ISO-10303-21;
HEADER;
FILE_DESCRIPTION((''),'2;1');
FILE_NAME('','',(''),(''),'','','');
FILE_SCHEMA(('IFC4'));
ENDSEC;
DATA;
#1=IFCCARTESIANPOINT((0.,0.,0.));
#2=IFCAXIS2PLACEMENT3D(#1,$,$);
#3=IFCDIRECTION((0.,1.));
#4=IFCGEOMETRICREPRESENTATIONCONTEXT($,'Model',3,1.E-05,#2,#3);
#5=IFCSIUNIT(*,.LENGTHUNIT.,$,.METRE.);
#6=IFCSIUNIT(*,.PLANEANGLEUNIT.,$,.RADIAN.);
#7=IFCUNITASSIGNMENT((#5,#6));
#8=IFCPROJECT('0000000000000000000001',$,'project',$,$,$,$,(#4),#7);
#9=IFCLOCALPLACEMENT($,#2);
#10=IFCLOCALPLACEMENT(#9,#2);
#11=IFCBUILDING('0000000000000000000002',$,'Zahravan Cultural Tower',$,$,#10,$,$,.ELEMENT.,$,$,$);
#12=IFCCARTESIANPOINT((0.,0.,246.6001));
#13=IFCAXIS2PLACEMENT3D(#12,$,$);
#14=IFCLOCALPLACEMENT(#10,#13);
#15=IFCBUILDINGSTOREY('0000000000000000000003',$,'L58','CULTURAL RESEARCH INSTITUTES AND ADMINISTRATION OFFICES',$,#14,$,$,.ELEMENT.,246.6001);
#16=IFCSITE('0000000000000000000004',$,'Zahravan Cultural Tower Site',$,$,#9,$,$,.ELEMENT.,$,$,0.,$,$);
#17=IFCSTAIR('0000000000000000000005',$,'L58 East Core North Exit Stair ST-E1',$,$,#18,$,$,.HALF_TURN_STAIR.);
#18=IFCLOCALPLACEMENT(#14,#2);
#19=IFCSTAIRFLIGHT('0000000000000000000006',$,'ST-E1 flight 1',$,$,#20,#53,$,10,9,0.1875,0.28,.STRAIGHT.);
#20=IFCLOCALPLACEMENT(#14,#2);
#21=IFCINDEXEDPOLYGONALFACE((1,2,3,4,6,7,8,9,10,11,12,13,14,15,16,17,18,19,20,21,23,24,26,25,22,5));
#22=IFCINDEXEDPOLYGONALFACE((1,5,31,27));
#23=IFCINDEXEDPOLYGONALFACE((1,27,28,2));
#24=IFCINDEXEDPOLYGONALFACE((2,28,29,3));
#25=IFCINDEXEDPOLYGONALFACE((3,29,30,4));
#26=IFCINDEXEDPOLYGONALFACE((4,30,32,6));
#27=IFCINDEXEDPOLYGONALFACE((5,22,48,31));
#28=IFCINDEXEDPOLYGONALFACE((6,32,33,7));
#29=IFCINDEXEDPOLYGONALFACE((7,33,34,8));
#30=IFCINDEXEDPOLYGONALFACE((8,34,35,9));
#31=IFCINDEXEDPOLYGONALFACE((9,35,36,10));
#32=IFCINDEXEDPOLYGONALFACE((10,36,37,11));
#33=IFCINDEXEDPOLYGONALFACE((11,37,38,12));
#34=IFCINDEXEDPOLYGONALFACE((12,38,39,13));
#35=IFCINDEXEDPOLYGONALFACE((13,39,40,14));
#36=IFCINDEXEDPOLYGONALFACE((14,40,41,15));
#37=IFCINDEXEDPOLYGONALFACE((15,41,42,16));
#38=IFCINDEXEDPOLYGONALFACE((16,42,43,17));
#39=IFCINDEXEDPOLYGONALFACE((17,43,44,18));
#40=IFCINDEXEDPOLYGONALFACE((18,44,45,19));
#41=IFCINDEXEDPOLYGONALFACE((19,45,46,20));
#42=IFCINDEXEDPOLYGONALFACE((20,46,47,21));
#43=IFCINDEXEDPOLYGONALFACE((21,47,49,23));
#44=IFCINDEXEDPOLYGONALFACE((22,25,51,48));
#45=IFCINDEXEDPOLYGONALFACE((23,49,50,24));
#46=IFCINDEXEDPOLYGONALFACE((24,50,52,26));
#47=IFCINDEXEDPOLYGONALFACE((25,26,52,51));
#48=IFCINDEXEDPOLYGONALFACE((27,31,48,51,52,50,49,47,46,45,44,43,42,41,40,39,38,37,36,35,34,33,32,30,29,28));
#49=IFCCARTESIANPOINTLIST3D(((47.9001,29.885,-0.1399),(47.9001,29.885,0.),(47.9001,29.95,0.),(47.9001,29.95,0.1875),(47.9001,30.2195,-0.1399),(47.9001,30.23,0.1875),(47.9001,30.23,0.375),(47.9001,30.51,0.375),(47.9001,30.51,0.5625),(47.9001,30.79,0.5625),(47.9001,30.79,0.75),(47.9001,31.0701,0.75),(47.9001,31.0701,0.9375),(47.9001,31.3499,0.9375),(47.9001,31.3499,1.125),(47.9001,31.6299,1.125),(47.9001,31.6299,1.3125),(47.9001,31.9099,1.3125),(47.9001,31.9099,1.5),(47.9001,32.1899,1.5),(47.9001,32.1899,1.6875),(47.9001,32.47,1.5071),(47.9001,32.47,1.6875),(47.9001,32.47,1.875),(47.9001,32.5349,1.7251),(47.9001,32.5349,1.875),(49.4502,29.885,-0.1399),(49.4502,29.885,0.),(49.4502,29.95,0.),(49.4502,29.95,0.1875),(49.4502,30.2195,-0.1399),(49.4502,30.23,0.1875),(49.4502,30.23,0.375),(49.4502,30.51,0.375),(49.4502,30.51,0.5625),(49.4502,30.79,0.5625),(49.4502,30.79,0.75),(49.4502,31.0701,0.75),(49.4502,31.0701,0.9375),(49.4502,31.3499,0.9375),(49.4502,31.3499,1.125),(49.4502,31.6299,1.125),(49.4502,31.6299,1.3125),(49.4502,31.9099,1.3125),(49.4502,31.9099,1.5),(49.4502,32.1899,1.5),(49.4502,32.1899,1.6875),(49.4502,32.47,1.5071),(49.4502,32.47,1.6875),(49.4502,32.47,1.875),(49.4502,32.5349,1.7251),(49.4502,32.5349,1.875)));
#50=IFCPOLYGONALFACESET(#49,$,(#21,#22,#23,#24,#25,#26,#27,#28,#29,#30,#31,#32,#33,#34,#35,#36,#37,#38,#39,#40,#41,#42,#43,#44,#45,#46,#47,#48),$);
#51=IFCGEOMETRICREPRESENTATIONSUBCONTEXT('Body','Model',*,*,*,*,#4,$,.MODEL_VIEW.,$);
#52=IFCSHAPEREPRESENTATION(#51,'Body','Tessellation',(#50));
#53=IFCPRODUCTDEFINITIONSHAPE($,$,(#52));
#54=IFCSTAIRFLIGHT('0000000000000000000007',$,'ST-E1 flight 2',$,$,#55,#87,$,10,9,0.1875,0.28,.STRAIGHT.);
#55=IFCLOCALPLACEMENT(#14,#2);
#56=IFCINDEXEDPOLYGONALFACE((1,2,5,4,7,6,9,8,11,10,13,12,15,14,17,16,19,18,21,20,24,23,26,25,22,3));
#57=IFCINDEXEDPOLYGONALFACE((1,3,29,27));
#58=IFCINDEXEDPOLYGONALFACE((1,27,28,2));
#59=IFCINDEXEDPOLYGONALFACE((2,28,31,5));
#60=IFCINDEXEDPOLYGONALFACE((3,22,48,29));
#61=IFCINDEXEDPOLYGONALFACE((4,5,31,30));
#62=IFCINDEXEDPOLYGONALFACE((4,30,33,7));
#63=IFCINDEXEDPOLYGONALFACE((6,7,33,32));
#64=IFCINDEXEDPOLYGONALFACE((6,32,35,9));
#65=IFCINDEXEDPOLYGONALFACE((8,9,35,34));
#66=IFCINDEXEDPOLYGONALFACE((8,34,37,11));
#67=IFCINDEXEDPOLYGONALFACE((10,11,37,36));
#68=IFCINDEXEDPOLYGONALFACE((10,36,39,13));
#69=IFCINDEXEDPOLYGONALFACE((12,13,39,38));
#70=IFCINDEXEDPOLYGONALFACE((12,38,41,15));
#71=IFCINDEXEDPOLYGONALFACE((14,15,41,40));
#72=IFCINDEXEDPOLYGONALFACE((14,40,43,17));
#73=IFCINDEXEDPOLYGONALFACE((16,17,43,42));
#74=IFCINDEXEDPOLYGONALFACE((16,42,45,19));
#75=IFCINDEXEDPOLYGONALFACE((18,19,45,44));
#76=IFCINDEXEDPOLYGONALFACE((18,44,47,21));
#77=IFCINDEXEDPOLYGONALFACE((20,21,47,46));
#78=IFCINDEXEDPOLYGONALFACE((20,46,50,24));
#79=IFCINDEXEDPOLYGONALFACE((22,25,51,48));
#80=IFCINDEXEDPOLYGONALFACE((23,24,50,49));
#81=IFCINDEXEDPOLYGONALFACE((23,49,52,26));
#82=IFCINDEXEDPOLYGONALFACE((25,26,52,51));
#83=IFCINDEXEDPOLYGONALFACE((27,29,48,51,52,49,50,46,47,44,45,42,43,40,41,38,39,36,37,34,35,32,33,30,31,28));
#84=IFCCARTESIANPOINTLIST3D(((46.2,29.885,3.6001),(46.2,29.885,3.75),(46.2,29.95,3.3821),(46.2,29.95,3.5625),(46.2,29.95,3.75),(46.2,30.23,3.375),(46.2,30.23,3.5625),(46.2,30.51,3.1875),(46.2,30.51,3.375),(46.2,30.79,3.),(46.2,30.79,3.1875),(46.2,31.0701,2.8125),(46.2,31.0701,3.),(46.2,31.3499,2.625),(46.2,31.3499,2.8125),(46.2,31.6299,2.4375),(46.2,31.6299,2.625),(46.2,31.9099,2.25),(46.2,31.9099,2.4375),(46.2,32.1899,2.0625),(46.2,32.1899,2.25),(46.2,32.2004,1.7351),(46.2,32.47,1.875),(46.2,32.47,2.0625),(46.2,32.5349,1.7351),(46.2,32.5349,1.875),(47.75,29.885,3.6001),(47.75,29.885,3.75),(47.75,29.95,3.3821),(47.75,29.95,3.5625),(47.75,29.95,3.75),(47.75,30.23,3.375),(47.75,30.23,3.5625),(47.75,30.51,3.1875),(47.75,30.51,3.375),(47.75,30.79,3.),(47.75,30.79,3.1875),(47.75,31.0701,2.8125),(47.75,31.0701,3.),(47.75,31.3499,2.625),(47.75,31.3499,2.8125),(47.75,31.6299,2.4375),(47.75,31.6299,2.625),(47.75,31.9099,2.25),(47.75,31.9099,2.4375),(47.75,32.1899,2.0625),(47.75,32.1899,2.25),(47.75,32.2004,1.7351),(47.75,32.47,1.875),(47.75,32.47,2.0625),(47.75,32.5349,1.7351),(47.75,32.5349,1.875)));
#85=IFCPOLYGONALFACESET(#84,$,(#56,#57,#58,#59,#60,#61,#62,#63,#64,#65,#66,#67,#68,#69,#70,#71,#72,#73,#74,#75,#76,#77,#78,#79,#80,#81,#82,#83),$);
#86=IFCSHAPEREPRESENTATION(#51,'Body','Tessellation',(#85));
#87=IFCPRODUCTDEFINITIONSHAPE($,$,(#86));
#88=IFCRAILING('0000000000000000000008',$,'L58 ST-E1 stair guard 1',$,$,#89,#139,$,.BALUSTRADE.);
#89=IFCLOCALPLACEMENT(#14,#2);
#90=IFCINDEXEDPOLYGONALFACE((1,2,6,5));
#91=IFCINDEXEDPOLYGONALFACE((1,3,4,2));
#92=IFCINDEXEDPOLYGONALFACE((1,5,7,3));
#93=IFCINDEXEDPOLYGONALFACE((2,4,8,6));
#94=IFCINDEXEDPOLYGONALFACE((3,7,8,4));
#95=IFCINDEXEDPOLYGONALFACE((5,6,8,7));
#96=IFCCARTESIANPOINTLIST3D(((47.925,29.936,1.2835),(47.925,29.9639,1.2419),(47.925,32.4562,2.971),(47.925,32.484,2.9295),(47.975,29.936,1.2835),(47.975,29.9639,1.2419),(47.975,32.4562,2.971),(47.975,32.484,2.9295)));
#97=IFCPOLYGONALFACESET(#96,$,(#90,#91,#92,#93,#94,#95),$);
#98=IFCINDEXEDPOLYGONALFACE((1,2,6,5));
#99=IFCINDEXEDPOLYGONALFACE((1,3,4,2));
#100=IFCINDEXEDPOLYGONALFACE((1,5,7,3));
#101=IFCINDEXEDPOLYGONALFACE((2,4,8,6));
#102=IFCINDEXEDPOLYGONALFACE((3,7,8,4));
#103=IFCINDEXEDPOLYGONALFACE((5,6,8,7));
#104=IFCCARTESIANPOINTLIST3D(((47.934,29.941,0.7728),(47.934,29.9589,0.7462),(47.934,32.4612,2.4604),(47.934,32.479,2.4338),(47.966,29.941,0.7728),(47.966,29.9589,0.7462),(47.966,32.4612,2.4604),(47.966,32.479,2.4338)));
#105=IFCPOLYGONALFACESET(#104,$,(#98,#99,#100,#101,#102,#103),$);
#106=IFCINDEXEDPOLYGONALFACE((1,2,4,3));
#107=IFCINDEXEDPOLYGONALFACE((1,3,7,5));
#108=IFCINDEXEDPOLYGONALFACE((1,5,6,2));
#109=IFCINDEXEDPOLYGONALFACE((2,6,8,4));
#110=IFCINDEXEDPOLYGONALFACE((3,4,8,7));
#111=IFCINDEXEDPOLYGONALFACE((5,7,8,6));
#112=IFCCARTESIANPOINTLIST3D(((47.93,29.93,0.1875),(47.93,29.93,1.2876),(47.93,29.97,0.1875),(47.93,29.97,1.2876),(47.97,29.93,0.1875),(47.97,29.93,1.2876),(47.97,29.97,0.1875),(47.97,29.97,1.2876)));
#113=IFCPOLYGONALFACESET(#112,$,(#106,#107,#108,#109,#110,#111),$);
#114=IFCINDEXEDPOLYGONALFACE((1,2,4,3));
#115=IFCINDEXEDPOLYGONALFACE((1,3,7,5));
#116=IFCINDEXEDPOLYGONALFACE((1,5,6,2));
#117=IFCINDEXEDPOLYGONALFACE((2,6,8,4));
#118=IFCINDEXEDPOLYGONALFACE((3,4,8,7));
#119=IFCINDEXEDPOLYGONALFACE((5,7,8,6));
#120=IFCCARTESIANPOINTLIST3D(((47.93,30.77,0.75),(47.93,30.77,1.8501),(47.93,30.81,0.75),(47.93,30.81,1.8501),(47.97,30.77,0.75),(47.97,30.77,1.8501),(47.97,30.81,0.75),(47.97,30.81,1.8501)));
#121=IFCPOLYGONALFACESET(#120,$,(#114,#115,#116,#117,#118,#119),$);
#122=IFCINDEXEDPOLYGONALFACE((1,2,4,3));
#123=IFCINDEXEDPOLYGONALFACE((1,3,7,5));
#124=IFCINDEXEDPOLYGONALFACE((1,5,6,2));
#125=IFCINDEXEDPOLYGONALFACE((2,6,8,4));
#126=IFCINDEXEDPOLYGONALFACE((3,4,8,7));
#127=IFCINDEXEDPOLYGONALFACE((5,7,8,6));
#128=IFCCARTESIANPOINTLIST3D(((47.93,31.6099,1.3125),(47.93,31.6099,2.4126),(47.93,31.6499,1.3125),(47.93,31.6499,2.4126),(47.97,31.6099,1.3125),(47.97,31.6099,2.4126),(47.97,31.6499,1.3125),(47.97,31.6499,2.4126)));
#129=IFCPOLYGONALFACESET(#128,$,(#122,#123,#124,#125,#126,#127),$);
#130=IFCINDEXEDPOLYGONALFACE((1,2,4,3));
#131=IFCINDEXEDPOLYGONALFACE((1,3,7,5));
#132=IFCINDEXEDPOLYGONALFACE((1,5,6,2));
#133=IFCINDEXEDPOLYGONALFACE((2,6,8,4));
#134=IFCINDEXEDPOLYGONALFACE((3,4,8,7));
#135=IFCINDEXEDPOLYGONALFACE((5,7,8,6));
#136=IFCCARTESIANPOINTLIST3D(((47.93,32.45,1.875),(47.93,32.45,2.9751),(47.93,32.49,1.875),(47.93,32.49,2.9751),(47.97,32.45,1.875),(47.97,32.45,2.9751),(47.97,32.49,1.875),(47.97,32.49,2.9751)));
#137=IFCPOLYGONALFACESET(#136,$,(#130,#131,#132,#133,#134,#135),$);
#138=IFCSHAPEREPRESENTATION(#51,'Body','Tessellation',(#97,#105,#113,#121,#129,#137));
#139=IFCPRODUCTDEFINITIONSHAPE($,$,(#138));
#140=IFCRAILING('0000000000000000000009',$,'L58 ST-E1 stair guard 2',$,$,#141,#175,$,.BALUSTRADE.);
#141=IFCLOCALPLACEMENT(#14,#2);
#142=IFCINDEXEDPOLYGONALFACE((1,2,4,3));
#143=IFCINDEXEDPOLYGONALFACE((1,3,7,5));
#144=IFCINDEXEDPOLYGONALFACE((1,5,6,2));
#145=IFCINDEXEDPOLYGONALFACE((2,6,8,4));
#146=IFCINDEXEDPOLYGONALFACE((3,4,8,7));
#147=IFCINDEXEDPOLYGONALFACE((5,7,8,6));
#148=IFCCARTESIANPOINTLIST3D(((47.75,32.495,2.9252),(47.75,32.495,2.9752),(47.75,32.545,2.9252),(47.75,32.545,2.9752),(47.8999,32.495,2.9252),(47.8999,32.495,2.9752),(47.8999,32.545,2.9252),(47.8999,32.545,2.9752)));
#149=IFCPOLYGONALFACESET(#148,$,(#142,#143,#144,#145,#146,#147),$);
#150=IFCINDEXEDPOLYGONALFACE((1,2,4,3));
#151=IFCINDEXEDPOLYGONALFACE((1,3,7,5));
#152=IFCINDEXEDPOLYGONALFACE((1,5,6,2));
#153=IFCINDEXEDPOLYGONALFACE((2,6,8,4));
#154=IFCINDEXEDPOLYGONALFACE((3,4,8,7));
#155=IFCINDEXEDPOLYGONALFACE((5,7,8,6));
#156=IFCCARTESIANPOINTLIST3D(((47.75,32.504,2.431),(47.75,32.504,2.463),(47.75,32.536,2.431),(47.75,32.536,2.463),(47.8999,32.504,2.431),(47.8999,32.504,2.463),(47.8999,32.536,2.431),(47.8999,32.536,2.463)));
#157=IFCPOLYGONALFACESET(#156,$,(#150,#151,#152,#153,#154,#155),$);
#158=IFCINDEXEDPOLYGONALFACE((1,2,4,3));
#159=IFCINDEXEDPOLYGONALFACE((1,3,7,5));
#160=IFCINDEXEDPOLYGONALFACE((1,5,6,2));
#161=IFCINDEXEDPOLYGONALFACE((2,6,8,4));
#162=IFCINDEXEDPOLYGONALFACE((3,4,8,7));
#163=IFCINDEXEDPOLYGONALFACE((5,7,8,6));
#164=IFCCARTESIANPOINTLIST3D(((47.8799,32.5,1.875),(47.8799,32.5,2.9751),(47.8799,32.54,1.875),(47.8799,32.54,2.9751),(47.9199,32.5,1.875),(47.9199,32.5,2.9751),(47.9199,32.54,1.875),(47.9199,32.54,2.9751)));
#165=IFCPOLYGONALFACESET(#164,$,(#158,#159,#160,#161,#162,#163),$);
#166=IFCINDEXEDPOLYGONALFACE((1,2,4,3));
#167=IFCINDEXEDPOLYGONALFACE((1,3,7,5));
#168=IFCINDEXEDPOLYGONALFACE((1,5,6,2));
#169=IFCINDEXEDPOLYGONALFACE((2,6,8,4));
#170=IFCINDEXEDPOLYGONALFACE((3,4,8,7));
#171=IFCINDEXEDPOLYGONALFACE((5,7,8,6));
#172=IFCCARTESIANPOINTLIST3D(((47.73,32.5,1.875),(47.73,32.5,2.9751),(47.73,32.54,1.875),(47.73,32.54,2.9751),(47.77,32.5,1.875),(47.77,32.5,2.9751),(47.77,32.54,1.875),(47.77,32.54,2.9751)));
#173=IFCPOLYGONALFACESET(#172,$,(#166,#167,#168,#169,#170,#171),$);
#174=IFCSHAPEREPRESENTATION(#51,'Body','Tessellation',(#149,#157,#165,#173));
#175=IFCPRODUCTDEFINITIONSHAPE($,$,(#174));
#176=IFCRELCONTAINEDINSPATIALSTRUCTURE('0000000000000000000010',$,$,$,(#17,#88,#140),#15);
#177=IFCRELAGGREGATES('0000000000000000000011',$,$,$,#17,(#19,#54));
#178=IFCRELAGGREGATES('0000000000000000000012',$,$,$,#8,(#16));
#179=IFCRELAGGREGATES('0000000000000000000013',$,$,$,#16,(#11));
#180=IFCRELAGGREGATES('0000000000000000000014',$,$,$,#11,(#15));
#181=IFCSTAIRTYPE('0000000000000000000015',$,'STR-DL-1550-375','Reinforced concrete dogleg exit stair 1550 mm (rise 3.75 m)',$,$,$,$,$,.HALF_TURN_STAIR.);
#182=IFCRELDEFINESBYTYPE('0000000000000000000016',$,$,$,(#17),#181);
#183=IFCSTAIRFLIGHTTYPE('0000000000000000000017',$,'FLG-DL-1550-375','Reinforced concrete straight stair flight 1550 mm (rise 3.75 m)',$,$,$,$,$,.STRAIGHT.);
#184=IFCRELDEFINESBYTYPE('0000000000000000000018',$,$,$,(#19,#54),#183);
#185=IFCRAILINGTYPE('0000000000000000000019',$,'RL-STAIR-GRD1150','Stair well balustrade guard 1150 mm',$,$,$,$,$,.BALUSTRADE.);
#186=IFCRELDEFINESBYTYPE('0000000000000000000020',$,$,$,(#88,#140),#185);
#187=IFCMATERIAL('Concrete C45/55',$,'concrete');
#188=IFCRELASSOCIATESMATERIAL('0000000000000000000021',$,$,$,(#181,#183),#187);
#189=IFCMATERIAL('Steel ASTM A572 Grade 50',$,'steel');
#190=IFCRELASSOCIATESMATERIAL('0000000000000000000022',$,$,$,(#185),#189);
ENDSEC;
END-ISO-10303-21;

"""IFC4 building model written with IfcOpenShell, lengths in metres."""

from ifc_helpers import new_model, si_unit, direction, frame, origin, origin_2d, place, context, subcontext, project, spatial, polyline, rectangle, outline, extrude, material, type_object, element, aggregate, save


model = new_model("IFC4")

# Units and contexts
model_context = context("Model", 3, precision=1e-05, world=origin(), true_north=direction((0.0, 1.0)))
body_context = subcontext(model_context, "Body", "Model", "MODEL_VIEW")
ifc_project = project(units=[si_unit("LENGTHUNIT", "METRE"), si_unit("PLANEANGLEUNIT", "RADIAN")], contexts=[model_context])

# Site, building, storey
site_placement = place(None, origin())
site = spatial("IfcSite", under=ifc_project, at=site_placement, Name="Zahravan Cultural Tower Site", CompositionType="ELEMENT", RefElevation=0.0)
building_placement = place(site_placement, origin())
building = spatial("IfcBuilding", under=site, at=building_placement, Name="Zahravan Cultural Tower", CompositionType="ELEMENT")
storey_placement = place(building_placement, frame((0.0, 0.0, 246.6001)))
storey = spatial("IfcBuildingStorey", under=building, at=storey_placement, Name="L58", Description="CULTURAL RESEARCH INSTITUTES AND ADMINISTRATION OFFICES", CompositionType="ELEMENT", Elevation=246.6001)

# Shared definitions
ifc_material_1 = material(Name="Concrete C45/55", Category="concrete")
ifc_material_2 = material(Name="Steel ASTM A572 Grade 50", Category="steel")

# Stair, stair flights
stair_type = type_object("IfcStairType", Name="STR-DL-1550-375", Description="Reinforced concrete dogleg exit stair 1550 mm (rise 3.75 m)", PredefinedType="HALF_TURN_STAIR", material=ifc_material_1)
stair_placement = place(storey_placement, origin())
stair = element("IfcStair", 1, at=stair_placement, inside=storey, type_object=stair_type, Name="L58 East Core North Exit Stair ST-E1", PredefinedType="HALF_TURN_STAIR")
stair_flight_type = type_object("IfcStairFlightType", Name="FLG-DL-1550-375", Description="Reinforced concrete straight stair flight 1550 mm (rise 3.75 m)", PredefinedType="STRAIGHT", material=ifc_material_1)
stair_flight_1_placement = place(storey_placement, frame((48.675, 29.95, 0.0), z_axis=(0.0, 0.0, 1.0), x_axis=(0.0, 1.0, 0.0)))
stair_flight_1 = element("IfcStairFlight", 2, at=stair_flight_1_placement, type_object=stair_flight_type, Name="ST-E1 flight 1", NumberOfRisers=10, NumberOfTreads=9, PredefinedType="STRAIGHT", RiserHeight=0.1875, TreadLength=0.28, context=body_context, shape_type="SweptSolid", body=[
    extrude(outline(polyline([(-0.0649, -0.1399), (-0.0649, 0.0), (0.0, 0.0), (0.0, 0.1875), (0.28, 0.1875), (0.28, 0.375), (0.5601, 0.375), (0.5601, 0.5625), (0.8401, 0.5625), (0.8401, 0.75), (1.1201, 0.75), (1.1201, 0.9375), (1.3999, 0.9375), (1.3999, 1.125), (1.6799, 1.125), (1.6799, 1.3125), (1.96, 1.3125), (1.96, 1.5), (2.24, 1.5), (2.24, 1.6875), (2.52, 1.6875), (2.52, 1.875), (2.585, 1.875), (2.585, 1.7251), (2.52, 1.5071), (0.2695, -0.1399), (-0.0649, -0.1399)])), frame((0.0, 0.7749, 0.0), z_axis=(0.0, -1.0, 0.0), x_axis=(1.0, 0.0, 0.0)), (0.0, 0.0, 1.0), 1.55),
])
stair_flight_2_placement = place(storey_placement, frame((46.9751, 32.47, 1.875), z_axis=(0.0, 0.0, 1.0), x_axis=(0.0, -1.0, 0.0)))
stair_flight_2 = element("IfcStairFlight", 3, at=stair_flight_2_placement, type_object=stair_flight_type, Name="ST-E1 flight 2", NumberOfRisers=10, NumberOfTreads=9, PredefinedType="STRAIGHT", RiserHeight=0.1875, TreadLength=0.28, context=body_context, shape_type="SweptSolid", body=[
    extrude(outline(polyline([(-0.0649, -0.1399), (-0.0649, 0.0), (0.0, 0.0), (0.0, 0.1875), (0.28, 0.1875), (0.28, 0.375), (0.5601, 0.375), (0.5601, 0.5625), (0.8401, 0.5625), (0.8401, 0.75), (1.1201, 0.75), (1.1201, 0.9375), (1.3999, 0.9375), (1.3999, 1.125), (1.6799, 1.125), (1.6799, 1.3125), (1.96, 1.3125), (1.96, 1.5), (2.24, 1.5), (2.24, 1.6875), (2.52, 1.6875), (2.52, 1.875), (2.585, 1.875), (2.585, 1.7251), (2.52, 1.5071), (0.2695, -0.1399), (-0.0649, -0.1399)])), frame((0.0, 0.7749, 0.0), z_axis=(0.0, -1.0, 0.0), x_axis=(1.0, 0.0, 0.0)), (0.0, 0.0, 1.0), 1.55),
])
aggregate(stair, [stair_flight_1, stair_flight_2])

# Railings
railing_type_1 = type_object("IfcRailingType", Name="RL-STAIR-GRD1150", Description="Stair well balustrade guard 1150 mm", PredefinedType="BALUSTRADE", material=ifc_material_2)
railing_1_placement = place(storey_placement, frame((47.95, 29.95, 0.1875)))
element("IfcRailing", 4, at=railing_1_placement, inside=storey, type_object=railing_type_1, Name="L58 ST-E1 stair guard 1", PredefinedType="BALUSTRADE", context=body_context, shape_type="SweptSolid", body=[
    extrude(rectangle(XDim=0.05, YDim=0.05, at=origin_2d()), frame((0.0, 0.0, 1.0752), z_axis=(0.0, 0.830909, 0.556408), x_axis=(-1.0, 0.0, 0.0)), (0.0, 0.0, 1.0), 3.033),
    extrude(rectangle(XDim=0.032, YDim=0.032, at=origin_2d()), frame((0.0, 0.0, 0.572), z_axis=(0.0, 0.830909, 0.556408), x_axis=(-1.0, 0.0, 0.0)), (0.0, 0.0, 1.0), 3.033),
    extrude(rectangle(XDim=0.04, YDim=0.04, at=origin_2d()), origin(), (0.0, 0.0, 1.0), 1.1001),
    extrude(rectangle(XDim=0.04, YDim=0.04, at=origin_2d()), frame((0.0, 0.8401, 0.5625)), (0.0, 0.0, 1.0), 1.1001),
    extrude(rectangle(XDim=0.04, YDim=0.04, at=origin_2d()), frame((0.0, 1.6799, 1.125)), (0.0, 0.0, 1.0), 1.1001),
    extrude(rectangle(XDim=0.04, YDim=0.04, at=origin_2d()), frame((0.0, 2.52, 1.6875)), (0.0, 0.0, 1.0), 1.1001),
])
railing_2_placement = place(storey_placement, frame((47.8999, 32.52, 1.875)))
element("IfcRailing", 5, at=railing_2_placement, inside=storey, type_object=railing_type_1, Name="L58 ST-E1 stair guard 2", PredefinedType="BALUSTRADE", context=body_context, shape_type="SweptSolid", body=[
    extrude(rectangle(XDim=0.05, YDim=0.05, at=origin_2d()), frame((0.0, 0.0, 1.0752), z_axis=(-1.0, 0.0, 0.0), x_axis=(0.0, -1.0, 0.0)), (0.0, 0.0, 1.0), 0.1499),
    extrude(rectangle(XDim=0.032, YDim=0.032, at=origin_2d()), frame((0.0, 0.0, 0.572), z_axis=(-1.0, 0.0, 0.0), x_axis=(0.0, -1.0, 0.0)), (0.0, 0.0, 1.0), 0.1499),
    extrude(rectangle(XDim=0.04, YDim=0.04, at=origin_2d()), origin(), (0.0, 0.0, 1.0), 1.1001),
    extrude(rectangle(XDim=0.04, YDim=0.04, at=origin_2d()), frame((-0.1499, 0.0, 0.0)), (0.0, 0.0, 1.0), 1.1001),
])

save(model, "model.ifc")
